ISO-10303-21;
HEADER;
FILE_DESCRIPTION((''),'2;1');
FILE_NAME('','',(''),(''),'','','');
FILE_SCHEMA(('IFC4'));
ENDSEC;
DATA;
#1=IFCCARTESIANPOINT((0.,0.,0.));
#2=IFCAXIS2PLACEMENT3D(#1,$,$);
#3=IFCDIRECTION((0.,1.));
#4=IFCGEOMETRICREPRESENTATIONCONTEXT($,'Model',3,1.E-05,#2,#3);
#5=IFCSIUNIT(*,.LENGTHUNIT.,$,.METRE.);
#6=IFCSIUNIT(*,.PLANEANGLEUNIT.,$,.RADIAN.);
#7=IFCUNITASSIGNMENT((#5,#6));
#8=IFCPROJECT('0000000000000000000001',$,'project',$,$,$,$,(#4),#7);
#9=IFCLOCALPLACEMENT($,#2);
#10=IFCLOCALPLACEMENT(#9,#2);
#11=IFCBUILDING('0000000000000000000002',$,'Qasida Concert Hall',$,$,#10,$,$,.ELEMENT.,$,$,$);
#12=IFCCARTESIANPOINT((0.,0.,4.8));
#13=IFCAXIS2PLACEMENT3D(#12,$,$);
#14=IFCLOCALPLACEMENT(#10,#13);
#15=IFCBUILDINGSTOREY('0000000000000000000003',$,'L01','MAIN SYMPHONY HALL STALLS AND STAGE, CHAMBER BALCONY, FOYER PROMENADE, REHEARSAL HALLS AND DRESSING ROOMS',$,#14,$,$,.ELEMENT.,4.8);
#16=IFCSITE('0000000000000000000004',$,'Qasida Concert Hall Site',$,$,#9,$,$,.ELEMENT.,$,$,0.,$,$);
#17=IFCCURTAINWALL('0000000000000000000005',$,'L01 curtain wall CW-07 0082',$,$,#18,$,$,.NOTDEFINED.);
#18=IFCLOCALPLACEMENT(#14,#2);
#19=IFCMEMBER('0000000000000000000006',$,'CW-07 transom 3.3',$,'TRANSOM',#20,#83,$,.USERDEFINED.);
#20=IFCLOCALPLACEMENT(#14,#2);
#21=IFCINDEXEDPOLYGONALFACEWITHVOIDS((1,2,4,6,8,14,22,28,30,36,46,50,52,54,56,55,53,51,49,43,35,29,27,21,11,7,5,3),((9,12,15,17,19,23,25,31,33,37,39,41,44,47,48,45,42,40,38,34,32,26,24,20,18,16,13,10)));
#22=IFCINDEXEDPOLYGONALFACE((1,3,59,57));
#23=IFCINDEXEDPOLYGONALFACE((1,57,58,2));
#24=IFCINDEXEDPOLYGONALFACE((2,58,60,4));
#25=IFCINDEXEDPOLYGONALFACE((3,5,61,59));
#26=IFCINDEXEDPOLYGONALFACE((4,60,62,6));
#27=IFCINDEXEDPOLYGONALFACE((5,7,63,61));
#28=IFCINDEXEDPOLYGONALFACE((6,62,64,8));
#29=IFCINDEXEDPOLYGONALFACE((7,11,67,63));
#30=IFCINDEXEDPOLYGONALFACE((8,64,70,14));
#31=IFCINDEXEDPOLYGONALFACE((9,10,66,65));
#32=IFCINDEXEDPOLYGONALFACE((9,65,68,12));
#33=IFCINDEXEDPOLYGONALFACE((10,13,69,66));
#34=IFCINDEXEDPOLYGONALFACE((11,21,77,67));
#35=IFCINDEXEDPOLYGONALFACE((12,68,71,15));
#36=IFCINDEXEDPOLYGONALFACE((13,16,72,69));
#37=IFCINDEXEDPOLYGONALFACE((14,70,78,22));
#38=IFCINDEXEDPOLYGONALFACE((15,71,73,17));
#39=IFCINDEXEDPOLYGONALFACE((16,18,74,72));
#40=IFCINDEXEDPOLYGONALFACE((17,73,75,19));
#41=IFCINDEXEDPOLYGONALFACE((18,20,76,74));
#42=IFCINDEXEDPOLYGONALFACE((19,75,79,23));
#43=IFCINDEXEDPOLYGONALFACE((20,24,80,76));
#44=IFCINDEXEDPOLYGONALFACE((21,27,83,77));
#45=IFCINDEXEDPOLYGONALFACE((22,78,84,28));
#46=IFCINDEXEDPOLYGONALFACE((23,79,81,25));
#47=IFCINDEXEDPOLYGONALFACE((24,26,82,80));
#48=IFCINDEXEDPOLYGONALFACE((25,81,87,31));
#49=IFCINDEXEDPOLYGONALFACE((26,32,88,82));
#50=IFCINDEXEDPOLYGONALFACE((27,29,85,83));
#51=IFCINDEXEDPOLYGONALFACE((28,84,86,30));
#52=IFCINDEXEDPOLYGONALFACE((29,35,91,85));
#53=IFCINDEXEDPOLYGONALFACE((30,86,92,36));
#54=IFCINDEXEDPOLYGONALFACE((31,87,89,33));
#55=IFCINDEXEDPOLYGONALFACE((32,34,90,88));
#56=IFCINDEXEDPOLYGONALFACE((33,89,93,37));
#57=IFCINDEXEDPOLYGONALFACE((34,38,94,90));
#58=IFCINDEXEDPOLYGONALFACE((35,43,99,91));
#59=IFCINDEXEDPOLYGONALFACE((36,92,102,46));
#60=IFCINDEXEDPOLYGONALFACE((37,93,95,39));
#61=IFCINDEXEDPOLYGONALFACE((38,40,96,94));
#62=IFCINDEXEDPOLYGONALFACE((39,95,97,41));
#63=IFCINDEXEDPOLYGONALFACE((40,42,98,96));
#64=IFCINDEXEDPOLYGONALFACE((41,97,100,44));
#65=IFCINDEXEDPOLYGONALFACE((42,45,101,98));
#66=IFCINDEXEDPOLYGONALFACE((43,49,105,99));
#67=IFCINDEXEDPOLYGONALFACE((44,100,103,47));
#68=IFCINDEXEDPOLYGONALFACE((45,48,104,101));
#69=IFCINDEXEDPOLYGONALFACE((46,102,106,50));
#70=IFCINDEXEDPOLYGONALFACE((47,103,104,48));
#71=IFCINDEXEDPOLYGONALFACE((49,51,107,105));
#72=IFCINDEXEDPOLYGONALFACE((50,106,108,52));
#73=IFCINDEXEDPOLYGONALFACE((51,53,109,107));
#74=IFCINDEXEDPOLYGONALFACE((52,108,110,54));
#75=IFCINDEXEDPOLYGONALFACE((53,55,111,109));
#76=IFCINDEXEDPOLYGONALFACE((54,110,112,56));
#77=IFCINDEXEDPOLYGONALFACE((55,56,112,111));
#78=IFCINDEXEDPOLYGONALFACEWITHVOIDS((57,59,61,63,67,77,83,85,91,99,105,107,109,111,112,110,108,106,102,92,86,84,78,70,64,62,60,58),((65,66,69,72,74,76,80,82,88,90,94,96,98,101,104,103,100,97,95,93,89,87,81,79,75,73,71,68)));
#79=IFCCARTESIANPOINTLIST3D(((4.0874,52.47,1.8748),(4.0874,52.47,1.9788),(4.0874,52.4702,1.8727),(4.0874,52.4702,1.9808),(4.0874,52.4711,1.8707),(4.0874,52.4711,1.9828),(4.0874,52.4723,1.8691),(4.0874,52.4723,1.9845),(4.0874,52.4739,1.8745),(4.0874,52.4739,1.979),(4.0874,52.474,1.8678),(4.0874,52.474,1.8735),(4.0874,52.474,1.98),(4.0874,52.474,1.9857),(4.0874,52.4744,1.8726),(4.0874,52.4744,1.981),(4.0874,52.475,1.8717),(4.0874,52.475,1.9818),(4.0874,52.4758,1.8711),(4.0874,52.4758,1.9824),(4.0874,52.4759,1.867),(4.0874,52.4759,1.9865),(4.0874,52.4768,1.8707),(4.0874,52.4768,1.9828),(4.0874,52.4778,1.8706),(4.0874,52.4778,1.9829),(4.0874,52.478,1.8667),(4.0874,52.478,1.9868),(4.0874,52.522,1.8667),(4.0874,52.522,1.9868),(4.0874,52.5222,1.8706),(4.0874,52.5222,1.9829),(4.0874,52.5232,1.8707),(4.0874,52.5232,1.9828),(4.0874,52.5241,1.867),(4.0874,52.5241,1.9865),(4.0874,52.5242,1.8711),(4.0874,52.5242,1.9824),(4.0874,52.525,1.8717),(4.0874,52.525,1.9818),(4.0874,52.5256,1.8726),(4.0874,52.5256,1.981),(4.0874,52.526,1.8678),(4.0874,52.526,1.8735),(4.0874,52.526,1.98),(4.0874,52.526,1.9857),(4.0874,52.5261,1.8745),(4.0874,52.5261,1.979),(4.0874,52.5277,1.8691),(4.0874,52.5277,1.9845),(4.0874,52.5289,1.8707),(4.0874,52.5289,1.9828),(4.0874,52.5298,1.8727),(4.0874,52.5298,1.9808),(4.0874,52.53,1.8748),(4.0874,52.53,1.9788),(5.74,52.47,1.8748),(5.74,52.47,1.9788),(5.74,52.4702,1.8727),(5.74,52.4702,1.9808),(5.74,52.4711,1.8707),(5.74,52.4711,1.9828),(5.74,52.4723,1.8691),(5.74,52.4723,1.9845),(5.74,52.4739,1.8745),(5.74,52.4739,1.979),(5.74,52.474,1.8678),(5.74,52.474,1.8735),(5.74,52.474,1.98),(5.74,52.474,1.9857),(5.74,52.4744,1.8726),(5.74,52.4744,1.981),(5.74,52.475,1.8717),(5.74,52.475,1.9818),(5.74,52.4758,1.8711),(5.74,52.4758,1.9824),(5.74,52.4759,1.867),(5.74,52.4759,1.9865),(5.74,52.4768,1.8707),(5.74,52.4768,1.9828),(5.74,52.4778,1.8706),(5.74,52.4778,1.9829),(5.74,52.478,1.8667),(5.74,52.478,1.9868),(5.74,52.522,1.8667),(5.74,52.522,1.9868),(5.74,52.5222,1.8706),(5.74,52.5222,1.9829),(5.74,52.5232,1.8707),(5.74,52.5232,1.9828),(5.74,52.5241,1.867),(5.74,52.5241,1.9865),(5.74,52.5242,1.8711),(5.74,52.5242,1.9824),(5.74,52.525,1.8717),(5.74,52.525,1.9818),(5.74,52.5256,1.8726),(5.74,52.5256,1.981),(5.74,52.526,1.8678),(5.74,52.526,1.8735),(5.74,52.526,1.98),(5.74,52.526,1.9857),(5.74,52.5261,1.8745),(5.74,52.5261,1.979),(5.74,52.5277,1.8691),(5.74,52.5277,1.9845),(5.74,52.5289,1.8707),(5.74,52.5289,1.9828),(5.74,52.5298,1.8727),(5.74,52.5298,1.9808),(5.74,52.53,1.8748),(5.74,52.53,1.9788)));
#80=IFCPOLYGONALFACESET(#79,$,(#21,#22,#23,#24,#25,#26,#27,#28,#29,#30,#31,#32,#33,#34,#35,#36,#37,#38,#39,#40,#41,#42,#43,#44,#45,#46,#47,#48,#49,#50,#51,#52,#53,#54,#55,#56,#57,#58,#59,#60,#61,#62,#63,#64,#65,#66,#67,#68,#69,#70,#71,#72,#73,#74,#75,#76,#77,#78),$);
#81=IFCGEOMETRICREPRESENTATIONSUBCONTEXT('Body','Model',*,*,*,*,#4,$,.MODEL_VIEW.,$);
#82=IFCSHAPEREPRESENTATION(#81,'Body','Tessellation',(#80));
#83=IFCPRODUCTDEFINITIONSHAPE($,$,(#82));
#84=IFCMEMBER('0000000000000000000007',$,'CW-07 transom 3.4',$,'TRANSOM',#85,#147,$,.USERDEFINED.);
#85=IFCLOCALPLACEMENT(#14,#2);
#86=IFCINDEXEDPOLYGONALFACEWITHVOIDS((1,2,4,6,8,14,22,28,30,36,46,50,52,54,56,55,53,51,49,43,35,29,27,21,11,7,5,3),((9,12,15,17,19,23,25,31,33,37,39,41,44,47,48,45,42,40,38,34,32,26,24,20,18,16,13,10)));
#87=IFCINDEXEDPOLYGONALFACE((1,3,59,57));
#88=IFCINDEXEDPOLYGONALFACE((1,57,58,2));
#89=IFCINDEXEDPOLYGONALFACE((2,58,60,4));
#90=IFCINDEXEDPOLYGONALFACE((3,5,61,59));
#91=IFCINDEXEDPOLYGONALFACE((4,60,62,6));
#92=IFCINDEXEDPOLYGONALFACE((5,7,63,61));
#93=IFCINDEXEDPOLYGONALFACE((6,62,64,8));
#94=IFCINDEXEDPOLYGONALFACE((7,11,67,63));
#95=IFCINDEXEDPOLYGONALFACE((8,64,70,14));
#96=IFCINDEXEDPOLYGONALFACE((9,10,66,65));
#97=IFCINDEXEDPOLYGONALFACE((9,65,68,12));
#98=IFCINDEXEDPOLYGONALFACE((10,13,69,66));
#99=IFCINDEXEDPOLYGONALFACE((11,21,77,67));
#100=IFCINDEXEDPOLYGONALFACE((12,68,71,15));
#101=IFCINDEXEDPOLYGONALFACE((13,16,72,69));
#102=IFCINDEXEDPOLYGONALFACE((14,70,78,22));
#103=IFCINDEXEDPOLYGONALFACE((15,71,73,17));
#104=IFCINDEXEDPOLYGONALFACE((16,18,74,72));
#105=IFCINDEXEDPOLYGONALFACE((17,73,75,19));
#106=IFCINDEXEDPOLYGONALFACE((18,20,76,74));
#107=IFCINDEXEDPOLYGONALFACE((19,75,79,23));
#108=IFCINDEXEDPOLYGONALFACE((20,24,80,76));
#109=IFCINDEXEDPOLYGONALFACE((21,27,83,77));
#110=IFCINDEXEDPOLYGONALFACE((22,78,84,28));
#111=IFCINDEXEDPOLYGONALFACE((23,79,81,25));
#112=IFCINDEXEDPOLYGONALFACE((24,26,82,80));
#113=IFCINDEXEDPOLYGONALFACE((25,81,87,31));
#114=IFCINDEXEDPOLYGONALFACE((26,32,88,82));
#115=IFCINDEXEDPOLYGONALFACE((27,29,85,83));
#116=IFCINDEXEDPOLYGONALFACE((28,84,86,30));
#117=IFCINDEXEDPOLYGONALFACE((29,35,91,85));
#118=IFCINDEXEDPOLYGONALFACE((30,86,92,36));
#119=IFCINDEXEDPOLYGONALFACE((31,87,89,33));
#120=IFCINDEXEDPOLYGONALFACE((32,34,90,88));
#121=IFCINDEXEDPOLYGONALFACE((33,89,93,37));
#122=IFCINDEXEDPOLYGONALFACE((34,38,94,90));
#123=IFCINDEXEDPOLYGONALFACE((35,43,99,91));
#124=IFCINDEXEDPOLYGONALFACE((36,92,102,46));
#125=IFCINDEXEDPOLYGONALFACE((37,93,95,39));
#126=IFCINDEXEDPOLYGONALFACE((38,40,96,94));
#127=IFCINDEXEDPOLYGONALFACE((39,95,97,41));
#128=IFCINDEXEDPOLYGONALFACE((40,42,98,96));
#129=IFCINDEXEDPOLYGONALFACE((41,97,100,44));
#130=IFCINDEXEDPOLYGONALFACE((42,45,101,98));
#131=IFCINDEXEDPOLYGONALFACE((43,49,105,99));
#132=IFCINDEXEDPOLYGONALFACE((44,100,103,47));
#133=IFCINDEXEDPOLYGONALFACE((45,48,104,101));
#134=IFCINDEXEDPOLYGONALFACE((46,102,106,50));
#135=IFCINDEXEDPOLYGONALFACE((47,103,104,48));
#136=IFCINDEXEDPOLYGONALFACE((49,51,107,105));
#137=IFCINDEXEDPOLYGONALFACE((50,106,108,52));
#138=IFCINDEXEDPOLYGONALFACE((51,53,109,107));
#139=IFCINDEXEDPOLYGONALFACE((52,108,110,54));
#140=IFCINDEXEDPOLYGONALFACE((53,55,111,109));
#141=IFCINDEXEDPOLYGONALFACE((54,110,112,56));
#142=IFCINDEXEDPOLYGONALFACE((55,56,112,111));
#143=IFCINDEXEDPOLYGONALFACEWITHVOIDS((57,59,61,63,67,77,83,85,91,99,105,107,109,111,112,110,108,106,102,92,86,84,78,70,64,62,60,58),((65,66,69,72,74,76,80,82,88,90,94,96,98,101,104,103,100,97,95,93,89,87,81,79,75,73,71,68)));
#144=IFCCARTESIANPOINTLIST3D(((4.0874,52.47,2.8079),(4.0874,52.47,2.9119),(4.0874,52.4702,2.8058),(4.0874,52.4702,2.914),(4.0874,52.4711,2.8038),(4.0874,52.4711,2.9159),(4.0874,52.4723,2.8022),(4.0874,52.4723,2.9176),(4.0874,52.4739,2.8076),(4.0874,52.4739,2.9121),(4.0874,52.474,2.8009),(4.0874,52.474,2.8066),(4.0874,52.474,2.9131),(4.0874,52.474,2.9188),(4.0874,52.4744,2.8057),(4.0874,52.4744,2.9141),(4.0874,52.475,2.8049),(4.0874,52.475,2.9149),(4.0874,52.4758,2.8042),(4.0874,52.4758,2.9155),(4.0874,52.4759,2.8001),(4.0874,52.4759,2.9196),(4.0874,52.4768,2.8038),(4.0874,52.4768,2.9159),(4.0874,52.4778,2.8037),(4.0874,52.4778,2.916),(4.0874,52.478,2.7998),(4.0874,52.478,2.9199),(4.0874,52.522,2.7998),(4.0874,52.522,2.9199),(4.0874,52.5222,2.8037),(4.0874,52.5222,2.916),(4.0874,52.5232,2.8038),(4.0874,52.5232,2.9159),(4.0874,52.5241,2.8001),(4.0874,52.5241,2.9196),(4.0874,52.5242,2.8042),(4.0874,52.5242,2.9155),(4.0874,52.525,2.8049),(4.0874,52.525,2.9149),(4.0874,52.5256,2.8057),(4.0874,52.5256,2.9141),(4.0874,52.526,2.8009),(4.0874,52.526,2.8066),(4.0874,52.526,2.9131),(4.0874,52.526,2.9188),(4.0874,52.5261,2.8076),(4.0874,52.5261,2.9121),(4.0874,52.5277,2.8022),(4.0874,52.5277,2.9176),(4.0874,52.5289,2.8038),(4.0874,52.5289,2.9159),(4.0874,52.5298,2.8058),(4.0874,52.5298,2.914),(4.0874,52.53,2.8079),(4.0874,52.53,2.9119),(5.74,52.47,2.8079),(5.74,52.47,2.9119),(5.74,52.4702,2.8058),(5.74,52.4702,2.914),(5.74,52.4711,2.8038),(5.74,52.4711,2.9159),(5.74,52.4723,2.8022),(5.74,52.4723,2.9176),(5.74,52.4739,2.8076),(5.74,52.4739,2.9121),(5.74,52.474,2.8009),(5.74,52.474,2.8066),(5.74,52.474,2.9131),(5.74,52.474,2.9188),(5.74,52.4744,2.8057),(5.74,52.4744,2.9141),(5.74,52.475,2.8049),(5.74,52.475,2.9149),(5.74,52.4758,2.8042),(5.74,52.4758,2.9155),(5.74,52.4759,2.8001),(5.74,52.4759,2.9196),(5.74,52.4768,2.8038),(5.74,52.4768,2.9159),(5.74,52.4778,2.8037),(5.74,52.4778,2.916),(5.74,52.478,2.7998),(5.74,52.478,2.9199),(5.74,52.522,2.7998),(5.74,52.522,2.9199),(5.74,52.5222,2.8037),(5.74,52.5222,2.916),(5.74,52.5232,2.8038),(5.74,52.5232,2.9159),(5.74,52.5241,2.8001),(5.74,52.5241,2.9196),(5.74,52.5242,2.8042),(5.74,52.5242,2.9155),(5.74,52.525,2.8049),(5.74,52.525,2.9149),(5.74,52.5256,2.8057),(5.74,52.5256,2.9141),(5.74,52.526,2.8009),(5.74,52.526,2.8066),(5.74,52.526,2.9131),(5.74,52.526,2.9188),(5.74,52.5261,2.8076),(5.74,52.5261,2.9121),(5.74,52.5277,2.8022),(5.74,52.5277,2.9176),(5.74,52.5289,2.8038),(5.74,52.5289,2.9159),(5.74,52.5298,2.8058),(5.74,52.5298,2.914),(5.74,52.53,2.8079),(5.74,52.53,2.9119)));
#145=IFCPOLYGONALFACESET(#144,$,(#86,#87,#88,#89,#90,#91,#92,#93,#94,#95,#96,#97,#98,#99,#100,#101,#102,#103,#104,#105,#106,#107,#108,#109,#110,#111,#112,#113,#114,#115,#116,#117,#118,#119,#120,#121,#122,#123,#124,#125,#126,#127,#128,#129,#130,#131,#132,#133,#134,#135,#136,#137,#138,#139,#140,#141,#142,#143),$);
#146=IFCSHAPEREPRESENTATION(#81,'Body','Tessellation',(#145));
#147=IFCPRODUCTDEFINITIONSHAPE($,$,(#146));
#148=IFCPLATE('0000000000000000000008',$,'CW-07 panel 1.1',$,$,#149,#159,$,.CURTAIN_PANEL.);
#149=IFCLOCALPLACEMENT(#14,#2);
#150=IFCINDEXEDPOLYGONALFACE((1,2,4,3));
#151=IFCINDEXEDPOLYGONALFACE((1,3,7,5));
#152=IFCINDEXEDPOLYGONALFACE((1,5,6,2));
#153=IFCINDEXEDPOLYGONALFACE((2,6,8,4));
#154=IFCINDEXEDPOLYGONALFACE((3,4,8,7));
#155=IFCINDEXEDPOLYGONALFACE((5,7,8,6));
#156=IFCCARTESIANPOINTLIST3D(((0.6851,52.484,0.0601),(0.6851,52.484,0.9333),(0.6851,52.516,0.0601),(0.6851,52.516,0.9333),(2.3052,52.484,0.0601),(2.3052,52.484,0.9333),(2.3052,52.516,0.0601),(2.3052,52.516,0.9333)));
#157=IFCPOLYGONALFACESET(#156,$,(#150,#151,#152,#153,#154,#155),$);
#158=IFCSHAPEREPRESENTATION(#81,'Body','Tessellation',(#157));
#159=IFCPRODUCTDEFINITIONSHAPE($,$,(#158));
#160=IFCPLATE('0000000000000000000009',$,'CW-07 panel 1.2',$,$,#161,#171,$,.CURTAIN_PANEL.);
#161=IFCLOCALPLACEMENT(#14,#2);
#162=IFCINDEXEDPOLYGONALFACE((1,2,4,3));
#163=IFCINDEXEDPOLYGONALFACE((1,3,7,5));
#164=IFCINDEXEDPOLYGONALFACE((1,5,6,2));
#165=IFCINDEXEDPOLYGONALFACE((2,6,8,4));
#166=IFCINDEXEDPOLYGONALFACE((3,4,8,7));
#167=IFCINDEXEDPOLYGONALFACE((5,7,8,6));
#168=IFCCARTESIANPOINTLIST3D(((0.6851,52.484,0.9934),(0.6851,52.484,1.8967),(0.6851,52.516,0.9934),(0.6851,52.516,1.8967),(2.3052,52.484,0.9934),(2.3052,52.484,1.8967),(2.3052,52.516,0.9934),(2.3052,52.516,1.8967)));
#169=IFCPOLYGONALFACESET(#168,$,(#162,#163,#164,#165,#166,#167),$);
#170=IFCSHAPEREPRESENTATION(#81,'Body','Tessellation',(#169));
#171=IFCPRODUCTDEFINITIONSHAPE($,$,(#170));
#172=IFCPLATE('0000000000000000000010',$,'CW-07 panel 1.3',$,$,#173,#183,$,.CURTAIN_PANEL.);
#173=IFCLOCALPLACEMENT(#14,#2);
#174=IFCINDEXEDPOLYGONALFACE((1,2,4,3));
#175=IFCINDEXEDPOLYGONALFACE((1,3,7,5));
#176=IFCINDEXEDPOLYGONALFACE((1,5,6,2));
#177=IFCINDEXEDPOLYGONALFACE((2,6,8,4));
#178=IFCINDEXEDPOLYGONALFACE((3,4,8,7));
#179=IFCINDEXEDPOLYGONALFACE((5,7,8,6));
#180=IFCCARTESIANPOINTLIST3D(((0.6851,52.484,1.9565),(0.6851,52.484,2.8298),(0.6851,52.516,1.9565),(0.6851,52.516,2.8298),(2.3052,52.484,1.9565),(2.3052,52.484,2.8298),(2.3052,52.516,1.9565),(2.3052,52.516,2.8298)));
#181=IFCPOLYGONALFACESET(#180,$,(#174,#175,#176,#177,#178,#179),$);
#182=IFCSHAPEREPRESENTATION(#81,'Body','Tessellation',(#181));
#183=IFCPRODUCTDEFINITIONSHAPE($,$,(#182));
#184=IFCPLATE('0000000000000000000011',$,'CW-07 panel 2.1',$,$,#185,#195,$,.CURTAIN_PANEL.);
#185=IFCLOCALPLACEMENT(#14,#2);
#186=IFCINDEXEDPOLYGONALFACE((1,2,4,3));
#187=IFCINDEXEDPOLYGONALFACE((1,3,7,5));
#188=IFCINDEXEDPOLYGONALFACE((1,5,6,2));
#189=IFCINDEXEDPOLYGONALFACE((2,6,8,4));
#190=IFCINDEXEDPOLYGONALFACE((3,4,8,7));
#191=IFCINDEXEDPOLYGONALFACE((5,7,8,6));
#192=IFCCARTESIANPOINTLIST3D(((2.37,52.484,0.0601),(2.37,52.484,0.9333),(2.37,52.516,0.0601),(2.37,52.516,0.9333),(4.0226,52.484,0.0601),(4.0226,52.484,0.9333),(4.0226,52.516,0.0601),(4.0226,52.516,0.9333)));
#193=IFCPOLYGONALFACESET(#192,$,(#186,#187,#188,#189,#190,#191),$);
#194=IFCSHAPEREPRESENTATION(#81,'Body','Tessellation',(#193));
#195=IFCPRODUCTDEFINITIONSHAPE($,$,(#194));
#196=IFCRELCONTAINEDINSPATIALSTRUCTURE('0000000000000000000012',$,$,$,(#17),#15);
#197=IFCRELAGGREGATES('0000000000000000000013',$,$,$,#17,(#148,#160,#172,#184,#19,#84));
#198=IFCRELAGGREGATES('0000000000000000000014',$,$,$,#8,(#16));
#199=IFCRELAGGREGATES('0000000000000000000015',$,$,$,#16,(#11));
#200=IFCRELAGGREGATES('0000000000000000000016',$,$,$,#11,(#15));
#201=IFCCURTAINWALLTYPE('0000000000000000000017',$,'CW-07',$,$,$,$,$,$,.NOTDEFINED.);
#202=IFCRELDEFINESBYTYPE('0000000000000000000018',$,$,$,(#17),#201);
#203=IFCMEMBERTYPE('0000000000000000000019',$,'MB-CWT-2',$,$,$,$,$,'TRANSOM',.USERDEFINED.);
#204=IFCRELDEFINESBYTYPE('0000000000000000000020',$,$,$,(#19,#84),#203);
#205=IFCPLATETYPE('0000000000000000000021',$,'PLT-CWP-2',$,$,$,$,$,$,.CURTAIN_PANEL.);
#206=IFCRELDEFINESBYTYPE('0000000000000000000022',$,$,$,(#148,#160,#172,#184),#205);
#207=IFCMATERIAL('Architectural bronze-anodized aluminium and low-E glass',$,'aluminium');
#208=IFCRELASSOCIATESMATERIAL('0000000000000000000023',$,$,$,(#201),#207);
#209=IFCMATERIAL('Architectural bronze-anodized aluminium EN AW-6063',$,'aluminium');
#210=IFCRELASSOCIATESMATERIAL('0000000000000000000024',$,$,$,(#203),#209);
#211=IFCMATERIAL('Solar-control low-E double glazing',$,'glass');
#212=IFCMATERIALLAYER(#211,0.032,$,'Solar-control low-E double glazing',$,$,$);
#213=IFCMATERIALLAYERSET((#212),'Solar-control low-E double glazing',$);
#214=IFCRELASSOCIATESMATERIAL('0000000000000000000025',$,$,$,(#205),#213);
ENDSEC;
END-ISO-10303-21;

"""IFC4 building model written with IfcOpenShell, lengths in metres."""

from ifc_helpers import new_model, si_unit, direction, frame, origin, origin_2d, place, context, subcontext, project, spatial, rectangle, hollow_rectangle, extrude, material, layer, layer_set, material_profile, profile_set, type_object, element, aggregate, save


model = new_model("IFC4")

# Units and contexts
model_context = context("Model", 3, precision=1e-05, world=origin(), true_north=direction((0.0, 1.0)))
body_context = subcontext(model_context, "Body", "Model", "MODEL_VIEW")
ifc_project = project(units=[si_unit("LENGTHUNIT", "METRE"), si_unit("PLANEANGLEUNIT", "RADIAN")], contexts=[model_context])

# Site, building, storey
site_placement = place(None, origin())
site = spatial("IfcSite", under=ifc_project, at=site_placement, Name="Qasida Concert Hall Site", CompositionType="ELEMENT", RefElevation=0.0)
building_placement = place(site_placement, origin())
building = spatial("IfcBuilding", under=site, at=building_placement, Name="Qasida Concert Hall", CompositionType="ELEMENT")
storey_placement = place(building_placement, frame((0.0, 0.0, 4.8)))
storey = spatial("IfcBuildingStorey", under=building, at=storey_placement, Name="L01", Description="MAIN SYMPHONY HALL STALLS AND STAGE, CHAMBER BALCONY, FOYER PROMENADE, REHEARSAL HALLS AND DRESSING ROOMS", CompositionType="ELEMENT", Elevation=4.8)

# Curtain wall, members, plates
ifc_material_1 = material(Name="Architectural bronze-anodized aluminium and low-E glass", Category="aluminium")
curtain_wall_type = type_object("IfcCurtainWallType", Name="CW-07", PredefinedType="NOTDEFINED", material=ifc_material_1)
curtain_wall_placement = place(storey_placement, origin())
curtain_wall = element("IfcCurtainWall", 1, at=curtain_wall_placement, inside=storey, type_object=curtain_wall_type, Name="L01 curtain wall CW-07 0082", PredefinedType="NOTDEFINED")
ifc_material_2 = material(Name="Architectural bronze-anodized aluminium EN AW-6063", Category="aluminium")
ifc_material_profile_1 = material_profile(ifc_material_2, hollow_rectangle(XDim=0.0601, YDim=0.1201, WallThickness=0.0039, InnerFilletRadius=0.0039, OuterFilletRadius=0.0081, at=origin_2d()), Name="CWT 120x60x4")
ifc_profile_set_1 = profile_set([ifc_material_profile_1], Name="Architectural bronze-anodized aluminium EN AW-6063")
member_type_1 = type_object("IfcMemberType", Name="MB-CWT-2", ElementType="TRANSOM", PredefinedType="USERDEFINED", material=ifc_profile_set_1)
member_1_placement = place(storey_placement, frame((4.0874, 52.5, 1.9268), z_axis=(1.0, 0.0, 0.0), x_axis=(0.0, 1.0, 0.0)))
member_1 = element("IfcMember", 2, at=member_1_placement, type_object=member_type_1, Name="CW-07 transom 3.3", ObjectType="TRANSOM", PredefinedType="USERDEFINED", context=body_context, shape_type="SweptSolid", body=[
    extrude(hollow_rectangle(XDim=0.0601, YDim=0.1201, WallThickness=0.0039, InnerFilletRadius=0.0039, OuterFilletRadius=0.0081, at=origin_2d()), origin(), (0.0, 0.0, 1.0), 1.6526),
])
member_2_placement = place(storey_placement, frame((4.0874, 52.5, 2.8599), z_axis=(1.0, 0.0, 0.0), x_axis=(0.0, 1.0, 0.0)))
member_2 = element("IfcMember", 3, at=member_2_placement, type_object=member_type_1, Name="CW-07 transom 3.4", ObjectType="TRANSOM", PredefinedType="USERDEFINED", context=body_context, shape_type="SweptSolid", body=[
    extrude(hollow_rectangle(XDim=0.0601, YDim=0.1201, WallThickness=0.0039, InnerFilletRadius=0.0039, OuterFilletRadius=0.0081, at=origin_2d()), origin(), (0.0, 0.0, 1.0), 1.6526),
])
ifc_material_3 = material(Name="Solar-control low-E double glazing", Category="glass")
ifc_layer = layer(ifc_material_3, 0.032, Name="Solar-control low-E double glazing")
ifc_layer_set = layer_set([ifc_layer], Name="Solar-control low-E double glazing")
plate_type = type_object("IfcPlateType", Name="PLT-CWP-2", PredefinedType="CURTAIN_PANEL", material=ifc_layer_set)
plate_1_placement = place(storey_placement, frame((1.4951, 52.5, 0.0601), z_axis=(0.0, 0.0, 1.0), x_axis=(1.0, 0.0, 0.0)))
plate_1 = element("IfcPlate", 4, at=plate_1_placement, type_object=plate_type, Name="CW-07 panel 1.1", PredefinedType="CURTAIN_PANEL", context=body_context, shape_type="SweptSolid", body=[
    extrude(rectangle(XDim=1.6201, YDim=0.032, at=origin_2d()), origin(), (0.0, 0.0, 1.0), 0.8733),
])
plate_2_placement = place(storey_placement, frame((1.4951, 52.5, 0.9934), z_axis=(0.0, 0.0, 1.0), x_axis=(1.0, 0.0, 0.0)))
plate_2 = element("IfcPlate", 5, at=plate_2_placement, type_object=plate_type, Name="CW-07 panel 1.2", PredefinedType="CURTAIN_PANEL", context=body_context, shape_type="SweptSolid", body=[
    extrude(rectangle(XDim=1.6201, YDim=0.032, at=origin_2d()), origin(), (0.0, 0.0, 1.0), 0.9033),
])
plate_3_placement = place(storey_placement, frame((1.4951, 52.5, 1.9565), z_axis=(0.0, 0.0, 1.0), x_axis=(1.0, 0.0, 0.0)))
plate_3 = element("IfcPlate", 6, at=plate_3_placement, type_object=plate_type, Name="CW-07 panel 1.3", PredefinedType="CURTAIN_PANEL", context=body_context, shape_type="SweptSolid", body=[
    extrude(rectangle(XDim=1.6201, YDim=0.032, at=origin_2d()), origin(), (0.0, 0.0, 1.0), 0.8733),
])
plate_4_placement = place(storey_placement, frame((3.1963, 52.5, 0.0601), z_axis=(0.0, 0.0, 1.0), x_axis=(1.0, 0.0, 0.0)))
plate_4 = element("IfcPlate", 7, at=plate_4_placement, type_object=plate_type, Name="CW-07 panel 2.1", PredefinedType="CURTAIN_PANEL", context=body_context, shape_type="SweptSolid", body=[
    extrude(rectangle(XDim=1.6526, YDim=0.032, at=origin_2d()), origin(), (0.0, 0.0, 1.0), 0.8733),
])
aggregate(curtain_wall, [plate_1, plate_2, plate_3, plate_4, member_1, member_2])

save(model, "model.ifc")
